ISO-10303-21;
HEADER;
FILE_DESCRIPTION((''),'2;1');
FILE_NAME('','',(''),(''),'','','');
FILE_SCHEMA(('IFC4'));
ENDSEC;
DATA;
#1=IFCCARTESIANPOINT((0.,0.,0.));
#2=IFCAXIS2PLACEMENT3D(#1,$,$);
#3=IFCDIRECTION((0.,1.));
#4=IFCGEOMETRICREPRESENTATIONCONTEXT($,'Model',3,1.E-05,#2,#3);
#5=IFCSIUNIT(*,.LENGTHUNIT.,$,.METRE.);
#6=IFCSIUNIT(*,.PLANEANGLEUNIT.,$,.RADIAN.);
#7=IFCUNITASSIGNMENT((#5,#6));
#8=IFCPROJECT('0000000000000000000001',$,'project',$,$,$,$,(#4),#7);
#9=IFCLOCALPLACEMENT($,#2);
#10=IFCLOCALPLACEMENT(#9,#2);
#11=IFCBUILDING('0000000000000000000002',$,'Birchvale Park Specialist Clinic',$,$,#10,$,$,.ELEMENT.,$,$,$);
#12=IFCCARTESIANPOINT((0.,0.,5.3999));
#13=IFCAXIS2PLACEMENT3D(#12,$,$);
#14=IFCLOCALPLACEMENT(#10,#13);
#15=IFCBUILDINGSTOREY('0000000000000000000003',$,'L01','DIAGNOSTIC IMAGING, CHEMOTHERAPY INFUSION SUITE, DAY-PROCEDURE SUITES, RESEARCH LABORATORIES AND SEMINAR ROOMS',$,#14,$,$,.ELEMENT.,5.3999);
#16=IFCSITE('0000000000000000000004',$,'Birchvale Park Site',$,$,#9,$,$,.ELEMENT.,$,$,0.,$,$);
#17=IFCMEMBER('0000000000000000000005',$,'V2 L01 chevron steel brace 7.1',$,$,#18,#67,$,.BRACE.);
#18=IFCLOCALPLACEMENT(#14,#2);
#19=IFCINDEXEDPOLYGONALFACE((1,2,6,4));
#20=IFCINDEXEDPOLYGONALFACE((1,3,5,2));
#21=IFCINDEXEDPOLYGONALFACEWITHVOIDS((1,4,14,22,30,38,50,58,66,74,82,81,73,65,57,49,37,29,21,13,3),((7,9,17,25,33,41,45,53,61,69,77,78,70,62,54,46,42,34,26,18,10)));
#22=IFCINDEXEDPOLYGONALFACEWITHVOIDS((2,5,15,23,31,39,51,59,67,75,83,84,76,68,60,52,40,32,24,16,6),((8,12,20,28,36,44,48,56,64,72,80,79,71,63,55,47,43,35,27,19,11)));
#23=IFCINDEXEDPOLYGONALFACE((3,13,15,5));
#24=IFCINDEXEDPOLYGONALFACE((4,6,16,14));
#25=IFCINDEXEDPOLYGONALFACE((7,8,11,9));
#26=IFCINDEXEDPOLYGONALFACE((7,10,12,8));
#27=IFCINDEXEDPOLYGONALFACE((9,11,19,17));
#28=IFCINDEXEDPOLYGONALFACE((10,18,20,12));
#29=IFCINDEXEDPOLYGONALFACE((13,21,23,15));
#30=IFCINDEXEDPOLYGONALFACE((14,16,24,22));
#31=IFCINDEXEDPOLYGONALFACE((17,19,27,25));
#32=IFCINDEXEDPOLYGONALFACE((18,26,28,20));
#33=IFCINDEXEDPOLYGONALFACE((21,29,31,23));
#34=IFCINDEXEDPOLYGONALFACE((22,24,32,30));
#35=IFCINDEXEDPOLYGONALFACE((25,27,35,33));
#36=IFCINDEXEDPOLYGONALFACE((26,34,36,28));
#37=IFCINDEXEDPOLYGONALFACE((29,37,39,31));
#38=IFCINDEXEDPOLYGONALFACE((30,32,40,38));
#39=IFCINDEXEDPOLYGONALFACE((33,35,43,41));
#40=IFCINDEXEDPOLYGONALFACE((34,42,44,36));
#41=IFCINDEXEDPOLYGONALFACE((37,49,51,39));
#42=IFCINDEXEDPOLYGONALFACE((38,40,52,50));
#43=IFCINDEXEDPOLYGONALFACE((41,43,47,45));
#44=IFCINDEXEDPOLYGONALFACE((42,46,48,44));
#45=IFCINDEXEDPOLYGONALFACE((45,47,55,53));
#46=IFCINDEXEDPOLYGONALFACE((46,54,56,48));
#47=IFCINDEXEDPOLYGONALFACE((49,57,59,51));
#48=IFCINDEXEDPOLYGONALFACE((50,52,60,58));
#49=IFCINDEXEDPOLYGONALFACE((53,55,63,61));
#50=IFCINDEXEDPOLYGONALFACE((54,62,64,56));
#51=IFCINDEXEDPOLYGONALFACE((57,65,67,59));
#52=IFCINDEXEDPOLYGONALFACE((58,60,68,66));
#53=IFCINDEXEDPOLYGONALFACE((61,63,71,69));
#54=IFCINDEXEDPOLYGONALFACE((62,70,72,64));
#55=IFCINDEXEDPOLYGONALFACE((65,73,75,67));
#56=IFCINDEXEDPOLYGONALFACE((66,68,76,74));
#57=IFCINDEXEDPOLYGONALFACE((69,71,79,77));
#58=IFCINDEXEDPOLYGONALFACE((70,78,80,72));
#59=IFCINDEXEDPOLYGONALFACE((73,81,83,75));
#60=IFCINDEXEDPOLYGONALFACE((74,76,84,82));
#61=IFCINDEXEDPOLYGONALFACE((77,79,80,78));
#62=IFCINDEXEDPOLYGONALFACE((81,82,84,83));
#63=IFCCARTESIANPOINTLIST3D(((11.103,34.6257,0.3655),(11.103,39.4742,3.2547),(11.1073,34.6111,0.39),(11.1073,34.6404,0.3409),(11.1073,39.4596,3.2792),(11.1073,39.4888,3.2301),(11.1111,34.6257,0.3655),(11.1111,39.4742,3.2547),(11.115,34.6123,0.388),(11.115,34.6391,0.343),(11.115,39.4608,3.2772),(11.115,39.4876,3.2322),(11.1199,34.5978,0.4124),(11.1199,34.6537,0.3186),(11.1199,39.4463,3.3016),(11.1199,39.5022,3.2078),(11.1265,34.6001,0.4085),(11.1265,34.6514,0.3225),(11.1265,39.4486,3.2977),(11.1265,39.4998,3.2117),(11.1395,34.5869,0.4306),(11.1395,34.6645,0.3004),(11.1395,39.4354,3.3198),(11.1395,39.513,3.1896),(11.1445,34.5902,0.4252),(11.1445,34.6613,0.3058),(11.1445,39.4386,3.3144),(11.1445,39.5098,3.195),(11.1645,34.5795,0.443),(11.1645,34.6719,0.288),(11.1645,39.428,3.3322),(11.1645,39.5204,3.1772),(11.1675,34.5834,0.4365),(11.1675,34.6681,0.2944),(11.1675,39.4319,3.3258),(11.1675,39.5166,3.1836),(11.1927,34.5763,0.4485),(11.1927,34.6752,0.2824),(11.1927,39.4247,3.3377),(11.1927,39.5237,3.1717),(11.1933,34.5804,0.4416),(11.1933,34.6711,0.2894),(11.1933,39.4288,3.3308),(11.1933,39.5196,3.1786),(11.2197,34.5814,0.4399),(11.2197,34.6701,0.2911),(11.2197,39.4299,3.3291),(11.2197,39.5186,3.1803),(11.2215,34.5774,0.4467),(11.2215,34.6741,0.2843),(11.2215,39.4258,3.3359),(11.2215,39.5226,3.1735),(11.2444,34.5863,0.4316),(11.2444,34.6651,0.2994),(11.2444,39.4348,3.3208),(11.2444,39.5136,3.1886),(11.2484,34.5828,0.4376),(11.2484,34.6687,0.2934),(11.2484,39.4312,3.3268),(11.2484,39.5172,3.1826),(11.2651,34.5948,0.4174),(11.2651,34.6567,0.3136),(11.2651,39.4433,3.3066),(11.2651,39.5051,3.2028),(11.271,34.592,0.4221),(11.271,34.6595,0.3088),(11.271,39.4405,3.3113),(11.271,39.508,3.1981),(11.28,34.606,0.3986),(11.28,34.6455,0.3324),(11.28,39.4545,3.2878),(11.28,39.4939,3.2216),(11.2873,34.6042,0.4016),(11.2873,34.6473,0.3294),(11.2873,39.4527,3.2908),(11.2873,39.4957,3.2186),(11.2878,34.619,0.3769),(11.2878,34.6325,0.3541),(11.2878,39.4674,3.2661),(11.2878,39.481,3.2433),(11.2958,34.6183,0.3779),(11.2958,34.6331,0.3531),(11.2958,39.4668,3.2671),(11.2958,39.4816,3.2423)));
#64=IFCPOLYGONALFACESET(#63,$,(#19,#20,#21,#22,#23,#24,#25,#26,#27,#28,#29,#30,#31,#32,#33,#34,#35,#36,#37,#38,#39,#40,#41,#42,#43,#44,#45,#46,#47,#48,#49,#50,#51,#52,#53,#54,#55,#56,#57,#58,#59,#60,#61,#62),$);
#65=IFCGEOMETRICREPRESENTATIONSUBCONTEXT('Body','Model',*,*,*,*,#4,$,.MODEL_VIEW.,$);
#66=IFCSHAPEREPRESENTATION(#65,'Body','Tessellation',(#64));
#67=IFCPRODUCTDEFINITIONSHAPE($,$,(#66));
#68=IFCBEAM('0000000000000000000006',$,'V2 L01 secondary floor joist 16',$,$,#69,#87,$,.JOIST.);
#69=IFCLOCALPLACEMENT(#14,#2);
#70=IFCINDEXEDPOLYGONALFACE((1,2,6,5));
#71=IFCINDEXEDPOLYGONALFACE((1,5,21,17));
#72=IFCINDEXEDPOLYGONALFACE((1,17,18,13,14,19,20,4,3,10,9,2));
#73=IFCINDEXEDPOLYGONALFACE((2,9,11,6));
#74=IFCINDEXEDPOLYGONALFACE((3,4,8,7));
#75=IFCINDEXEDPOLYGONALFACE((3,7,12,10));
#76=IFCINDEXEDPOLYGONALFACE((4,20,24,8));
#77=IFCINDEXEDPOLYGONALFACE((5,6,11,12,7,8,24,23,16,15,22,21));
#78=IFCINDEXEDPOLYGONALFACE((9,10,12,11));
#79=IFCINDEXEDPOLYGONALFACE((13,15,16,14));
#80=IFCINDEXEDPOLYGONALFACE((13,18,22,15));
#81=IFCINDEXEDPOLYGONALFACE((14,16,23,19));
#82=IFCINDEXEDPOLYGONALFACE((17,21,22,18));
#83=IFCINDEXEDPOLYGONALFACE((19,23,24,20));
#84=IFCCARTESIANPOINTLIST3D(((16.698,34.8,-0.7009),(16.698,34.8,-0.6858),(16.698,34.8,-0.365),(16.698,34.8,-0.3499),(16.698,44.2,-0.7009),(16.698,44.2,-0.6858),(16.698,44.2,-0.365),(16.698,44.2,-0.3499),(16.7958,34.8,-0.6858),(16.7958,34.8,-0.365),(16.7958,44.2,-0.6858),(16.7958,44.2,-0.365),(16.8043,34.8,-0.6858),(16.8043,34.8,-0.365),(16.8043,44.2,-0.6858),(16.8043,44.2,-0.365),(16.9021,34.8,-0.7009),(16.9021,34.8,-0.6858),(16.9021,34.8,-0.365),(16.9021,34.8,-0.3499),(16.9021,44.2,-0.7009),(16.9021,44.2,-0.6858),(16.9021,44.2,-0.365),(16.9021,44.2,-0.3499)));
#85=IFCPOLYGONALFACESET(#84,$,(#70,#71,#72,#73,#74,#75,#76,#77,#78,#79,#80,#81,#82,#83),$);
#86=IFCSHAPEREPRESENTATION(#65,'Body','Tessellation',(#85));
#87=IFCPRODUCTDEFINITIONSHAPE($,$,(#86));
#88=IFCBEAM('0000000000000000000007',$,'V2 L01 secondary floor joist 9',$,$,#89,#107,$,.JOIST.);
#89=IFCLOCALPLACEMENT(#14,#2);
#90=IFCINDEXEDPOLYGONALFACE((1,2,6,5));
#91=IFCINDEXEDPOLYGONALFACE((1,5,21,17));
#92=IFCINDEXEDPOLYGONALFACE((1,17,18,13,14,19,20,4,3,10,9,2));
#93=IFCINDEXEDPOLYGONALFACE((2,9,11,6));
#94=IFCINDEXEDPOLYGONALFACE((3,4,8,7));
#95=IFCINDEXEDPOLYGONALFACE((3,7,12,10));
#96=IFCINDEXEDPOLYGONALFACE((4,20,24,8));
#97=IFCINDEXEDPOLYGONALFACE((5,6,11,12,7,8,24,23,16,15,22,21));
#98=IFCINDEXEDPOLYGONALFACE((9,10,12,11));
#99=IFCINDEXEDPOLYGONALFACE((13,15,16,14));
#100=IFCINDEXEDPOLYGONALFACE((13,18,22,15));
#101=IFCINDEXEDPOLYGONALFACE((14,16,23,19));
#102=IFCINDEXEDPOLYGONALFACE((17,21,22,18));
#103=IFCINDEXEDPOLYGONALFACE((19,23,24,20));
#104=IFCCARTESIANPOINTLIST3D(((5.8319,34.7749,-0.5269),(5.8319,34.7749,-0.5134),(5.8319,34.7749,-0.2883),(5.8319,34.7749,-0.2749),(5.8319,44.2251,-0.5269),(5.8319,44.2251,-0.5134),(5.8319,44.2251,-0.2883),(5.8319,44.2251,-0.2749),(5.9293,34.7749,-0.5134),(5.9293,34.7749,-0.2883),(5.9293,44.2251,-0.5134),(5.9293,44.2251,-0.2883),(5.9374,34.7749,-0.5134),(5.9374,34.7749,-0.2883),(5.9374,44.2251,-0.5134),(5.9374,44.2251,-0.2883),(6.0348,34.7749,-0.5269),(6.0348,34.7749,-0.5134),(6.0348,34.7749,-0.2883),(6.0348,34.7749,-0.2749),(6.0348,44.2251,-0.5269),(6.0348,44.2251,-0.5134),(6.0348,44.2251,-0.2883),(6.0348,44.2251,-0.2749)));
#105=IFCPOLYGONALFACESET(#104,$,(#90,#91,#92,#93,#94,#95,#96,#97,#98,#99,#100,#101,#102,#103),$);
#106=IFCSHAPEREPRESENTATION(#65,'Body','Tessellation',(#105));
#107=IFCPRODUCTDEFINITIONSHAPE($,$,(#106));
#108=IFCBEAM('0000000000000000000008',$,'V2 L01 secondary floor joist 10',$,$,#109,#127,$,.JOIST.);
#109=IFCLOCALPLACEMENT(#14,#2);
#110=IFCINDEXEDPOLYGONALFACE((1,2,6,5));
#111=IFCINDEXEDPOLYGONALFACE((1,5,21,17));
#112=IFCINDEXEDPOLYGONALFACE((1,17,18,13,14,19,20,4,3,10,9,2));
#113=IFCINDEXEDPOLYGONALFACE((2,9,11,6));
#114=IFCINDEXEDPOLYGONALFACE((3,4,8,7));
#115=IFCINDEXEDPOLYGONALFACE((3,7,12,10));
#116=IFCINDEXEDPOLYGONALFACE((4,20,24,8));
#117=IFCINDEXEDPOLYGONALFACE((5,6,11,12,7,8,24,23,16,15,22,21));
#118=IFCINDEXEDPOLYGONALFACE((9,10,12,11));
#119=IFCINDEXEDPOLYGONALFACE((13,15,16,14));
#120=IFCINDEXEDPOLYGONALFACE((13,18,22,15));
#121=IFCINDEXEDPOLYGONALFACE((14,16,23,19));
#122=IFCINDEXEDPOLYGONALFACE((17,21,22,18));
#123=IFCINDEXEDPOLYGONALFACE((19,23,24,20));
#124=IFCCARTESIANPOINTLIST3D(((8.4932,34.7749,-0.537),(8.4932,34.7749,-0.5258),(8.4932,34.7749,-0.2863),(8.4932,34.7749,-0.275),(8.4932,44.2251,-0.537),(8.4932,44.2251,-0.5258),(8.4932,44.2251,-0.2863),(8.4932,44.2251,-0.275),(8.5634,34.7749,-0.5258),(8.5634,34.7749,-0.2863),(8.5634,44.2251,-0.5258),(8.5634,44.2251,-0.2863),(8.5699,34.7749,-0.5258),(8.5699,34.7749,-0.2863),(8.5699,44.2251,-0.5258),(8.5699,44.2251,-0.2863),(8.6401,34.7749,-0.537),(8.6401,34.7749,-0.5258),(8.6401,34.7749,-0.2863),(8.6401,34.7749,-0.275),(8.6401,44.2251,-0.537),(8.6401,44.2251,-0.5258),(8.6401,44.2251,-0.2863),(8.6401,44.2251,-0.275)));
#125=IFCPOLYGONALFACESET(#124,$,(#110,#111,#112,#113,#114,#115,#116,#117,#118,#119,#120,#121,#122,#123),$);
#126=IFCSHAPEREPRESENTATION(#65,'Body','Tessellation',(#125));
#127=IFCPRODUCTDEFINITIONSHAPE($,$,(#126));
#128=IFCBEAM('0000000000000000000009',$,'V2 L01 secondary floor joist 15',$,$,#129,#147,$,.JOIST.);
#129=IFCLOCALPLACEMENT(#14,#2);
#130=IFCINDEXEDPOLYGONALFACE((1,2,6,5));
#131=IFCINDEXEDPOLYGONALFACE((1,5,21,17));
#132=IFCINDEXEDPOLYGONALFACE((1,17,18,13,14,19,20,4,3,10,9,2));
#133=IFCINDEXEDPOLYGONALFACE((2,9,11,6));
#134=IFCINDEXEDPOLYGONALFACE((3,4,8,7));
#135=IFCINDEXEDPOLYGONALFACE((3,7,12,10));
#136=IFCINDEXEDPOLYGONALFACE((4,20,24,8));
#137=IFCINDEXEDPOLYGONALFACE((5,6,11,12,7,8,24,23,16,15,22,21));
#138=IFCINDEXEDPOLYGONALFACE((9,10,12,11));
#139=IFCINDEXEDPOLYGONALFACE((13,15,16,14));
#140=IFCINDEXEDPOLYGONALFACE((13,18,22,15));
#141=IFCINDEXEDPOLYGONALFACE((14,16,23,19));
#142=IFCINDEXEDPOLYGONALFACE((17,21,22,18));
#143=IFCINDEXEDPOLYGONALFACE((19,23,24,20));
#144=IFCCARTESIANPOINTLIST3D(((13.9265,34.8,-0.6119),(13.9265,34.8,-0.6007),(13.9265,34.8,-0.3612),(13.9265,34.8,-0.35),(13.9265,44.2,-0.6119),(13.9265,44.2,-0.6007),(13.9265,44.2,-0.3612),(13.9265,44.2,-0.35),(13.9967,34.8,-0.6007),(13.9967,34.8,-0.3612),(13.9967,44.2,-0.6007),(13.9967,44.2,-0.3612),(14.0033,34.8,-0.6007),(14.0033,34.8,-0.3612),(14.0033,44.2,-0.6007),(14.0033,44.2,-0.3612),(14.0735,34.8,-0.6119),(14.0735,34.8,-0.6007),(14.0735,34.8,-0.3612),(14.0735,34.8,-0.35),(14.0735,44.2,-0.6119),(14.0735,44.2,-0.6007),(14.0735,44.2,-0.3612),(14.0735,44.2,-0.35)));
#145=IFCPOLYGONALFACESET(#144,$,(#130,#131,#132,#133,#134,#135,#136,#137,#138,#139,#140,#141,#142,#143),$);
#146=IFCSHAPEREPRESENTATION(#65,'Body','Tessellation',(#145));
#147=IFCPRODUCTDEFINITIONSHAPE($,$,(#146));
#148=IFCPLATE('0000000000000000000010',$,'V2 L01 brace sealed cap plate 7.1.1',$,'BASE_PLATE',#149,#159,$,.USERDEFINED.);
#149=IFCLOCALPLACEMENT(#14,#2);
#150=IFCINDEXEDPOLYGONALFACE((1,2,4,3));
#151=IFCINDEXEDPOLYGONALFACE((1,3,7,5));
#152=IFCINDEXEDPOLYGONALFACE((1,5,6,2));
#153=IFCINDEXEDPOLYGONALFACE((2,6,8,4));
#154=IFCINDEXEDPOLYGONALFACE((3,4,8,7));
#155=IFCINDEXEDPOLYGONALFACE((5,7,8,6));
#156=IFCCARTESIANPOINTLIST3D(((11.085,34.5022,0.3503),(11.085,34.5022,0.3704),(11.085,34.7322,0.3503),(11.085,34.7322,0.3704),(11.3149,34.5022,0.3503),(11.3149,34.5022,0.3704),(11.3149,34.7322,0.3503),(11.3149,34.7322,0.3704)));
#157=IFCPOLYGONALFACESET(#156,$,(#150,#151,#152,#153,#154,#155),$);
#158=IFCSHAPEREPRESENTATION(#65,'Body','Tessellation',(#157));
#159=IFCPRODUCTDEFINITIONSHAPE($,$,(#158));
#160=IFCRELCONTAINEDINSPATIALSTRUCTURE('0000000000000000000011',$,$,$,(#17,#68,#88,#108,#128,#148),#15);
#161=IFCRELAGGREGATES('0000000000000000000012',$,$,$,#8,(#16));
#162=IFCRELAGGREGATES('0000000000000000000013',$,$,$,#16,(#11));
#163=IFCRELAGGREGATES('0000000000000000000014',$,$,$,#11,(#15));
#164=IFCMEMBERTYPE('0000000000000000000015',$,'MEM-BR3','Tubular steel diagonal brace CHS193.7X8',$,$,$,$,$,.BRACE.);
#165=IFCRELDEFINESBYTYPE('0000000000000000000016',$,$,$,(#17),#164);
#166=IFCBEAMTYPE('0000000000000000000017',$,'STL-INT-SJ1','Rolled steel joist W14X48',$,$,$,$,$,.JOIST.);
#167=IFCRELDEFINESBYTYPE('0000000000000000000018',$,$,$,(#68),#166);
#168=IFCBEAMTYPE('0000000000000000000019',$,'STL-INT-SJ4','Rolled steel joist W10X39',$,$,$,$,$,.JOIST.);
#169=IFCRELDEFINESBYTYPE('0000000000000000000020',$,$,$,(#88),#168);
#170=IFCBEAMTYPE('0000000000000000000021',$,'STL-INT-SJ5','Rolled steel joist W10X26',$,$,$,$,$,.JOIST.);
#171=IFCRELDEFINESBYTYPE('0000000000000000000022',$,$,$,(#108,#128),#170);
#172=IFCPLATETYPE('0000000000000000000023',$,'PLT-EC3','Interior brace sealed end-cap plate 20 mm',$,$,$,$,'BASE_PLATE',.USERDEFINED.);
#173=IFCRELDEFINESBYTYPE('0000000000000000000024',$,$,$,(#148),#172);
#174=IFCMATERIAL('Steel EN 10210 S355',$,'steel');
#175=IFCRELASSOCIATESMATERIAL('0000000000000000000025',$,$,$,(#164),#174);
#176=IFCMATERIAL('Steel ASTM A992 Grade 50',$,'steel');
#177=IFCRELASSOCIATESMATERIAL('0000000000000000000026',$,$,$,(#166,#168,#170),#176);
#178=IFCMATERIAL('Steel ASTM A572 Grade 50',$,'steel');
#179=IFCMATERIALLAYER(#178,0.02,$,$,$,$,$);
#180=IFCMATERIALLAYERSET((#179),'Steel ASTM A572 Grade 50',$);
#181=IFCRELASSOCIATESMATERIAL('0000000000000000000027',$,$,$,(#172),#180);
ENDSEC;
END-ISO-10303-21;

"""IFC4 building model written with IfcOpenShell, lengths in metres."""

from ifc_helpers import new_model, si_unit, direction, frame, origin, origin_2d, place, context, subcontext, project, spatial, rectangle, hollow_circle, i_section, extrude, material, layer, layer_set, material_profile, profile_set, type_object, element, save


model = new_model("IFC4")

# Units and contexts
model_context = context("Model", 3, precision=1e-05, world=origin(), true_north=direction((0.0, 1.0)))
body_context = subcontext(model_context, "Body", "Model", "MODEL_VIEW")
ifc_project = project(units=[si_unit("LENGTHUNIT", "METRE"), si_unit("PLANEANGLEUNIT", "RADIAN")], contexts=[model_context])

# Site, building, storey
site_placement = place(None, origin())
site = spatial("IfcSite", under=ifc_project, at=site_placement, Name="Birchvale Park Site", CompositionType="ELEMENT", RefElevation=0.0)
building_placement = place(site_placement, origin())
building = spatial("IfcBuilding", under=site, at=building_placement, Name="Birchvale Park Specialist Clinic", CompositionType="ELEMENT")
storey_placement = place(building_placement, frame((0.0, 0.0, 5.3999)))
storey = spatial("IfcBuildingStorey", under=building, at=storey_placement, Name="L01", Description="DIAGNOSTIC IMAGING, CHEMOTHERAPY INFUSION SUITE, DAY-PROCEDURE SUITES, RESEARCH LABORATORIES AND SEMINAR ROOMS", CompositionType="ELEMENT", Elevation=5.3999)

# Member
ifc_material_1 = material(Name="Steel EN 10210 S355", Category="steel")
ifc_material_profile_1 = material_profile(ifc_material_1, hollow_circle(Radius=0.0969, WallThickness=0.0081, at=origin_2d()), Name="CHS193.7X8")
ifc_profile_set_1 = profile_set([ifc_material_profile_1], Name="Steel EN 10210 S355")
member_type = type_object("IfcMemberType", Name="MEM-BR3", Description="Tubular steel diagonal brace CHS193.7X8", PredefinedType="BRACE", material=ifc_profile_set_1)
member_placement = place(storey_placement, frame((11.2, 34.6257, 0.3655), z_axis=(0.0, 0.859042, 0.511904), x_axis=(-1.0, 0.0, 0.0)))
element("IfcMember", 1, at=member_placement, inside=storey, type_object=member_type, Name="V2 L01 chevron steel brace 7.1", PredefinedType="BRACE", context=body_context, shape_type="SweptSolid", body=[
    extrude(hollow_circle(Radius=0.0969, WallThickness=0.0081, at=origin_2d()), origin(), (0.0, 0.0, 1.0), 5.644),
])

# Beams
ifc_material_2 = material(Name="Steel ASTM A992 Grade 50", Category="steel")
ifc_material_profile_2 = material_profile(ifc_material_2, i_section(OverallWidth=0.2041, OverallDepth=0.3511, WebThickness=0.0085, FlangeThickness=0.0151, at=origin_2d()), Name="W14X48")
ifc_profile_set_2 = profile_set([ifc_material_profile_2], Name="Steel ASTM A992 Grade 50")
beam_type_1 = type_object("IfcBeamType", Name="STL-INT-SJ1", Description="Rolled steel joist W14X48", PredefinedType="JOIST", material=ifc_profile_set_2)
beam_1_placement = place(storey_placement, frame((16.8, 34.8, -0.5254), z_axis=(0.0, 1.0, 0.0), x_axis=(-1.0, 0.0, 0.0)))
element("IfcBeam", 2, at=beam_1_placement, inside=storey, type_object=beam_type_1, Name="V2 L01 secondary floor joist 16", PredefinedType="JOIST", context=body_context, shape_type="SweptSolid", body=[
    extrude(i_section(OverallWidth=0.2041, OverallDepth=0.3511, WebThickness=0.0085, FlangeThickness=0.0151, at=origin_2d()), origin(), (0.0, 0.0, 1.0), 9.3999),
])
ifc_material_profile_3 = material_profile(ifc_material_2, i_section(OverallWidth=0.2029, OverallDepth=0.252, WebThickness=0.0081, FlangeThickness=0.0134, at=origin_2d()), Name="W10X39")
ifc_profile_set_3 = profile_set([ifc_material_profile_3], Name="Steel ASTM A992 Grade 50")
beam_type_2 = type_object("IfcBeamType", Name="STL-INT-SJ4", Description="Rolled steel joist W10X39", PredefinedType="JOIST", material=ifc_profile_set_3)
beam_2_placement = place(storey_placement, frame((5.9333, 34.7749, -0.4009), z_axis=(0.0, 1.0, 0.0), x_axis=(-1.0, 0.0, 0.0)))
element("IfcBeam", 3, at=beam_2_placement, inside=storey, type_object=beam_type_2, Name="V2 L01 secondary floor joist 9", PredefinedType="JOIST", context=body_context, shape_type="SweptSolid", body=[
    extrude(i_section(OverallWidth=0.2029, OverallDepth=0.252, WebThickness=0.0081, FlangeThickness=0.0134, at=origin_2d()), origin(), (0.0, 0.0, 1.0), 9.4502),
])
ifc_material_profile_4 = material_profile(ifc_material_2, i_section(OverallWidth=0.147, OverallDepth=0.262, WebThickness=0.0066, FlangeThickness=0.0112, at=origin_2d()), Name="W10X26")
ifc_profile_set_4 = profile_set([ifc_material_profile_4], Name="Steel ASTM A992 Grade 50")
beam_type_3 = type_object("IfcBeamType", Name="STL-INT-SJ5", Description="Rolled steel joist W10X26", PredefinedType="JOIST", material=ifc_profile_set_4)
beam_3_placement = place(storey_placement, frame((8.5667, 34.7749, -0.406), z_axis=(0.0, 1.0, 0.0), x_axis=(-1.0, 0.0, 0.0)))
element("IfcBeam", 4, at=beam_3_placement, inside=storey, type_object=beam_type_3, Name="V2 L01 secondary floor joist 10", PredefinedType="JOIST", context=body_context, shape_type="SweptSolid", body=[
    extrude(i_section(OverallWidth=0.147, OverallDepth=0.262, WebThickness=0.0066, FlangeThickness=0.0112, at=origin_2d()), origin(), (0.0, 0.0, 1.0), 9.4502),
])
beam_4_placement = place(storey_placement, frame((14.0, 34.8, -0.481), z_axis=(0.0, 1.0, 0.0), x_axis=(-1.0, 0.0, 0.0)))
element("IfcBeam", 5, at=beam_4_placement, inside=storey, type_object=beam_type_3, Name="V2 L01 secondary floor joist 15", PredefinedType="JOIST", context=body_context, shape_type="SweptSolid", body=[
    extrude(i_section(OverallWidth=0.147, OverallDepth=0.262, WebThickness=0.0066, FlangeThickness=0.0112, at=origin_2d()), origin(), (0.0, 0.0, 1.0), 9.3999),
])

# Plate
ifc_material_3 = material(Name="Steel ASTM A572 Grade 50", Category="steel")
ifc_layer_1 = layer(ifc_material_3, 0.02)
ifc_layer_set_1 = layer_set([ifc_layer_1], Name="Steel ASTM A572 Grade 50")
plate_type = type_object("IfcPlateType", Name="PLT-EC3", Description="Interior brace sealed end-cap plate 20 mm", ElementType="BASE_PLATE", PredefinedType="USERDEFINED", material=ifc_layer_set_1)
plate_placement = place(storey_placement, frame((11.2, 34.6172, 0.3503), z_axis=(0.0, 0.0, 1.0), x_axis=(1.0, 0.0, 0.0)))
element("IfcPlate", 6, at=plate_placement, inside=storey, type_object=plate_type, Name="V2 L01 brace sealed cap plate 7.1.1", ObjectType="BASE_PLATE", PredefinedType="USERDEFINED", context=body_context, shape_type="SweptSolid", body=[
    extrude(rectangle(XDim=0.23, YDim=0.23, at=origin_2d()), origin(), (0.0, 0.0, 1.0), 0.02),
])

save(model, "model.ifc")
